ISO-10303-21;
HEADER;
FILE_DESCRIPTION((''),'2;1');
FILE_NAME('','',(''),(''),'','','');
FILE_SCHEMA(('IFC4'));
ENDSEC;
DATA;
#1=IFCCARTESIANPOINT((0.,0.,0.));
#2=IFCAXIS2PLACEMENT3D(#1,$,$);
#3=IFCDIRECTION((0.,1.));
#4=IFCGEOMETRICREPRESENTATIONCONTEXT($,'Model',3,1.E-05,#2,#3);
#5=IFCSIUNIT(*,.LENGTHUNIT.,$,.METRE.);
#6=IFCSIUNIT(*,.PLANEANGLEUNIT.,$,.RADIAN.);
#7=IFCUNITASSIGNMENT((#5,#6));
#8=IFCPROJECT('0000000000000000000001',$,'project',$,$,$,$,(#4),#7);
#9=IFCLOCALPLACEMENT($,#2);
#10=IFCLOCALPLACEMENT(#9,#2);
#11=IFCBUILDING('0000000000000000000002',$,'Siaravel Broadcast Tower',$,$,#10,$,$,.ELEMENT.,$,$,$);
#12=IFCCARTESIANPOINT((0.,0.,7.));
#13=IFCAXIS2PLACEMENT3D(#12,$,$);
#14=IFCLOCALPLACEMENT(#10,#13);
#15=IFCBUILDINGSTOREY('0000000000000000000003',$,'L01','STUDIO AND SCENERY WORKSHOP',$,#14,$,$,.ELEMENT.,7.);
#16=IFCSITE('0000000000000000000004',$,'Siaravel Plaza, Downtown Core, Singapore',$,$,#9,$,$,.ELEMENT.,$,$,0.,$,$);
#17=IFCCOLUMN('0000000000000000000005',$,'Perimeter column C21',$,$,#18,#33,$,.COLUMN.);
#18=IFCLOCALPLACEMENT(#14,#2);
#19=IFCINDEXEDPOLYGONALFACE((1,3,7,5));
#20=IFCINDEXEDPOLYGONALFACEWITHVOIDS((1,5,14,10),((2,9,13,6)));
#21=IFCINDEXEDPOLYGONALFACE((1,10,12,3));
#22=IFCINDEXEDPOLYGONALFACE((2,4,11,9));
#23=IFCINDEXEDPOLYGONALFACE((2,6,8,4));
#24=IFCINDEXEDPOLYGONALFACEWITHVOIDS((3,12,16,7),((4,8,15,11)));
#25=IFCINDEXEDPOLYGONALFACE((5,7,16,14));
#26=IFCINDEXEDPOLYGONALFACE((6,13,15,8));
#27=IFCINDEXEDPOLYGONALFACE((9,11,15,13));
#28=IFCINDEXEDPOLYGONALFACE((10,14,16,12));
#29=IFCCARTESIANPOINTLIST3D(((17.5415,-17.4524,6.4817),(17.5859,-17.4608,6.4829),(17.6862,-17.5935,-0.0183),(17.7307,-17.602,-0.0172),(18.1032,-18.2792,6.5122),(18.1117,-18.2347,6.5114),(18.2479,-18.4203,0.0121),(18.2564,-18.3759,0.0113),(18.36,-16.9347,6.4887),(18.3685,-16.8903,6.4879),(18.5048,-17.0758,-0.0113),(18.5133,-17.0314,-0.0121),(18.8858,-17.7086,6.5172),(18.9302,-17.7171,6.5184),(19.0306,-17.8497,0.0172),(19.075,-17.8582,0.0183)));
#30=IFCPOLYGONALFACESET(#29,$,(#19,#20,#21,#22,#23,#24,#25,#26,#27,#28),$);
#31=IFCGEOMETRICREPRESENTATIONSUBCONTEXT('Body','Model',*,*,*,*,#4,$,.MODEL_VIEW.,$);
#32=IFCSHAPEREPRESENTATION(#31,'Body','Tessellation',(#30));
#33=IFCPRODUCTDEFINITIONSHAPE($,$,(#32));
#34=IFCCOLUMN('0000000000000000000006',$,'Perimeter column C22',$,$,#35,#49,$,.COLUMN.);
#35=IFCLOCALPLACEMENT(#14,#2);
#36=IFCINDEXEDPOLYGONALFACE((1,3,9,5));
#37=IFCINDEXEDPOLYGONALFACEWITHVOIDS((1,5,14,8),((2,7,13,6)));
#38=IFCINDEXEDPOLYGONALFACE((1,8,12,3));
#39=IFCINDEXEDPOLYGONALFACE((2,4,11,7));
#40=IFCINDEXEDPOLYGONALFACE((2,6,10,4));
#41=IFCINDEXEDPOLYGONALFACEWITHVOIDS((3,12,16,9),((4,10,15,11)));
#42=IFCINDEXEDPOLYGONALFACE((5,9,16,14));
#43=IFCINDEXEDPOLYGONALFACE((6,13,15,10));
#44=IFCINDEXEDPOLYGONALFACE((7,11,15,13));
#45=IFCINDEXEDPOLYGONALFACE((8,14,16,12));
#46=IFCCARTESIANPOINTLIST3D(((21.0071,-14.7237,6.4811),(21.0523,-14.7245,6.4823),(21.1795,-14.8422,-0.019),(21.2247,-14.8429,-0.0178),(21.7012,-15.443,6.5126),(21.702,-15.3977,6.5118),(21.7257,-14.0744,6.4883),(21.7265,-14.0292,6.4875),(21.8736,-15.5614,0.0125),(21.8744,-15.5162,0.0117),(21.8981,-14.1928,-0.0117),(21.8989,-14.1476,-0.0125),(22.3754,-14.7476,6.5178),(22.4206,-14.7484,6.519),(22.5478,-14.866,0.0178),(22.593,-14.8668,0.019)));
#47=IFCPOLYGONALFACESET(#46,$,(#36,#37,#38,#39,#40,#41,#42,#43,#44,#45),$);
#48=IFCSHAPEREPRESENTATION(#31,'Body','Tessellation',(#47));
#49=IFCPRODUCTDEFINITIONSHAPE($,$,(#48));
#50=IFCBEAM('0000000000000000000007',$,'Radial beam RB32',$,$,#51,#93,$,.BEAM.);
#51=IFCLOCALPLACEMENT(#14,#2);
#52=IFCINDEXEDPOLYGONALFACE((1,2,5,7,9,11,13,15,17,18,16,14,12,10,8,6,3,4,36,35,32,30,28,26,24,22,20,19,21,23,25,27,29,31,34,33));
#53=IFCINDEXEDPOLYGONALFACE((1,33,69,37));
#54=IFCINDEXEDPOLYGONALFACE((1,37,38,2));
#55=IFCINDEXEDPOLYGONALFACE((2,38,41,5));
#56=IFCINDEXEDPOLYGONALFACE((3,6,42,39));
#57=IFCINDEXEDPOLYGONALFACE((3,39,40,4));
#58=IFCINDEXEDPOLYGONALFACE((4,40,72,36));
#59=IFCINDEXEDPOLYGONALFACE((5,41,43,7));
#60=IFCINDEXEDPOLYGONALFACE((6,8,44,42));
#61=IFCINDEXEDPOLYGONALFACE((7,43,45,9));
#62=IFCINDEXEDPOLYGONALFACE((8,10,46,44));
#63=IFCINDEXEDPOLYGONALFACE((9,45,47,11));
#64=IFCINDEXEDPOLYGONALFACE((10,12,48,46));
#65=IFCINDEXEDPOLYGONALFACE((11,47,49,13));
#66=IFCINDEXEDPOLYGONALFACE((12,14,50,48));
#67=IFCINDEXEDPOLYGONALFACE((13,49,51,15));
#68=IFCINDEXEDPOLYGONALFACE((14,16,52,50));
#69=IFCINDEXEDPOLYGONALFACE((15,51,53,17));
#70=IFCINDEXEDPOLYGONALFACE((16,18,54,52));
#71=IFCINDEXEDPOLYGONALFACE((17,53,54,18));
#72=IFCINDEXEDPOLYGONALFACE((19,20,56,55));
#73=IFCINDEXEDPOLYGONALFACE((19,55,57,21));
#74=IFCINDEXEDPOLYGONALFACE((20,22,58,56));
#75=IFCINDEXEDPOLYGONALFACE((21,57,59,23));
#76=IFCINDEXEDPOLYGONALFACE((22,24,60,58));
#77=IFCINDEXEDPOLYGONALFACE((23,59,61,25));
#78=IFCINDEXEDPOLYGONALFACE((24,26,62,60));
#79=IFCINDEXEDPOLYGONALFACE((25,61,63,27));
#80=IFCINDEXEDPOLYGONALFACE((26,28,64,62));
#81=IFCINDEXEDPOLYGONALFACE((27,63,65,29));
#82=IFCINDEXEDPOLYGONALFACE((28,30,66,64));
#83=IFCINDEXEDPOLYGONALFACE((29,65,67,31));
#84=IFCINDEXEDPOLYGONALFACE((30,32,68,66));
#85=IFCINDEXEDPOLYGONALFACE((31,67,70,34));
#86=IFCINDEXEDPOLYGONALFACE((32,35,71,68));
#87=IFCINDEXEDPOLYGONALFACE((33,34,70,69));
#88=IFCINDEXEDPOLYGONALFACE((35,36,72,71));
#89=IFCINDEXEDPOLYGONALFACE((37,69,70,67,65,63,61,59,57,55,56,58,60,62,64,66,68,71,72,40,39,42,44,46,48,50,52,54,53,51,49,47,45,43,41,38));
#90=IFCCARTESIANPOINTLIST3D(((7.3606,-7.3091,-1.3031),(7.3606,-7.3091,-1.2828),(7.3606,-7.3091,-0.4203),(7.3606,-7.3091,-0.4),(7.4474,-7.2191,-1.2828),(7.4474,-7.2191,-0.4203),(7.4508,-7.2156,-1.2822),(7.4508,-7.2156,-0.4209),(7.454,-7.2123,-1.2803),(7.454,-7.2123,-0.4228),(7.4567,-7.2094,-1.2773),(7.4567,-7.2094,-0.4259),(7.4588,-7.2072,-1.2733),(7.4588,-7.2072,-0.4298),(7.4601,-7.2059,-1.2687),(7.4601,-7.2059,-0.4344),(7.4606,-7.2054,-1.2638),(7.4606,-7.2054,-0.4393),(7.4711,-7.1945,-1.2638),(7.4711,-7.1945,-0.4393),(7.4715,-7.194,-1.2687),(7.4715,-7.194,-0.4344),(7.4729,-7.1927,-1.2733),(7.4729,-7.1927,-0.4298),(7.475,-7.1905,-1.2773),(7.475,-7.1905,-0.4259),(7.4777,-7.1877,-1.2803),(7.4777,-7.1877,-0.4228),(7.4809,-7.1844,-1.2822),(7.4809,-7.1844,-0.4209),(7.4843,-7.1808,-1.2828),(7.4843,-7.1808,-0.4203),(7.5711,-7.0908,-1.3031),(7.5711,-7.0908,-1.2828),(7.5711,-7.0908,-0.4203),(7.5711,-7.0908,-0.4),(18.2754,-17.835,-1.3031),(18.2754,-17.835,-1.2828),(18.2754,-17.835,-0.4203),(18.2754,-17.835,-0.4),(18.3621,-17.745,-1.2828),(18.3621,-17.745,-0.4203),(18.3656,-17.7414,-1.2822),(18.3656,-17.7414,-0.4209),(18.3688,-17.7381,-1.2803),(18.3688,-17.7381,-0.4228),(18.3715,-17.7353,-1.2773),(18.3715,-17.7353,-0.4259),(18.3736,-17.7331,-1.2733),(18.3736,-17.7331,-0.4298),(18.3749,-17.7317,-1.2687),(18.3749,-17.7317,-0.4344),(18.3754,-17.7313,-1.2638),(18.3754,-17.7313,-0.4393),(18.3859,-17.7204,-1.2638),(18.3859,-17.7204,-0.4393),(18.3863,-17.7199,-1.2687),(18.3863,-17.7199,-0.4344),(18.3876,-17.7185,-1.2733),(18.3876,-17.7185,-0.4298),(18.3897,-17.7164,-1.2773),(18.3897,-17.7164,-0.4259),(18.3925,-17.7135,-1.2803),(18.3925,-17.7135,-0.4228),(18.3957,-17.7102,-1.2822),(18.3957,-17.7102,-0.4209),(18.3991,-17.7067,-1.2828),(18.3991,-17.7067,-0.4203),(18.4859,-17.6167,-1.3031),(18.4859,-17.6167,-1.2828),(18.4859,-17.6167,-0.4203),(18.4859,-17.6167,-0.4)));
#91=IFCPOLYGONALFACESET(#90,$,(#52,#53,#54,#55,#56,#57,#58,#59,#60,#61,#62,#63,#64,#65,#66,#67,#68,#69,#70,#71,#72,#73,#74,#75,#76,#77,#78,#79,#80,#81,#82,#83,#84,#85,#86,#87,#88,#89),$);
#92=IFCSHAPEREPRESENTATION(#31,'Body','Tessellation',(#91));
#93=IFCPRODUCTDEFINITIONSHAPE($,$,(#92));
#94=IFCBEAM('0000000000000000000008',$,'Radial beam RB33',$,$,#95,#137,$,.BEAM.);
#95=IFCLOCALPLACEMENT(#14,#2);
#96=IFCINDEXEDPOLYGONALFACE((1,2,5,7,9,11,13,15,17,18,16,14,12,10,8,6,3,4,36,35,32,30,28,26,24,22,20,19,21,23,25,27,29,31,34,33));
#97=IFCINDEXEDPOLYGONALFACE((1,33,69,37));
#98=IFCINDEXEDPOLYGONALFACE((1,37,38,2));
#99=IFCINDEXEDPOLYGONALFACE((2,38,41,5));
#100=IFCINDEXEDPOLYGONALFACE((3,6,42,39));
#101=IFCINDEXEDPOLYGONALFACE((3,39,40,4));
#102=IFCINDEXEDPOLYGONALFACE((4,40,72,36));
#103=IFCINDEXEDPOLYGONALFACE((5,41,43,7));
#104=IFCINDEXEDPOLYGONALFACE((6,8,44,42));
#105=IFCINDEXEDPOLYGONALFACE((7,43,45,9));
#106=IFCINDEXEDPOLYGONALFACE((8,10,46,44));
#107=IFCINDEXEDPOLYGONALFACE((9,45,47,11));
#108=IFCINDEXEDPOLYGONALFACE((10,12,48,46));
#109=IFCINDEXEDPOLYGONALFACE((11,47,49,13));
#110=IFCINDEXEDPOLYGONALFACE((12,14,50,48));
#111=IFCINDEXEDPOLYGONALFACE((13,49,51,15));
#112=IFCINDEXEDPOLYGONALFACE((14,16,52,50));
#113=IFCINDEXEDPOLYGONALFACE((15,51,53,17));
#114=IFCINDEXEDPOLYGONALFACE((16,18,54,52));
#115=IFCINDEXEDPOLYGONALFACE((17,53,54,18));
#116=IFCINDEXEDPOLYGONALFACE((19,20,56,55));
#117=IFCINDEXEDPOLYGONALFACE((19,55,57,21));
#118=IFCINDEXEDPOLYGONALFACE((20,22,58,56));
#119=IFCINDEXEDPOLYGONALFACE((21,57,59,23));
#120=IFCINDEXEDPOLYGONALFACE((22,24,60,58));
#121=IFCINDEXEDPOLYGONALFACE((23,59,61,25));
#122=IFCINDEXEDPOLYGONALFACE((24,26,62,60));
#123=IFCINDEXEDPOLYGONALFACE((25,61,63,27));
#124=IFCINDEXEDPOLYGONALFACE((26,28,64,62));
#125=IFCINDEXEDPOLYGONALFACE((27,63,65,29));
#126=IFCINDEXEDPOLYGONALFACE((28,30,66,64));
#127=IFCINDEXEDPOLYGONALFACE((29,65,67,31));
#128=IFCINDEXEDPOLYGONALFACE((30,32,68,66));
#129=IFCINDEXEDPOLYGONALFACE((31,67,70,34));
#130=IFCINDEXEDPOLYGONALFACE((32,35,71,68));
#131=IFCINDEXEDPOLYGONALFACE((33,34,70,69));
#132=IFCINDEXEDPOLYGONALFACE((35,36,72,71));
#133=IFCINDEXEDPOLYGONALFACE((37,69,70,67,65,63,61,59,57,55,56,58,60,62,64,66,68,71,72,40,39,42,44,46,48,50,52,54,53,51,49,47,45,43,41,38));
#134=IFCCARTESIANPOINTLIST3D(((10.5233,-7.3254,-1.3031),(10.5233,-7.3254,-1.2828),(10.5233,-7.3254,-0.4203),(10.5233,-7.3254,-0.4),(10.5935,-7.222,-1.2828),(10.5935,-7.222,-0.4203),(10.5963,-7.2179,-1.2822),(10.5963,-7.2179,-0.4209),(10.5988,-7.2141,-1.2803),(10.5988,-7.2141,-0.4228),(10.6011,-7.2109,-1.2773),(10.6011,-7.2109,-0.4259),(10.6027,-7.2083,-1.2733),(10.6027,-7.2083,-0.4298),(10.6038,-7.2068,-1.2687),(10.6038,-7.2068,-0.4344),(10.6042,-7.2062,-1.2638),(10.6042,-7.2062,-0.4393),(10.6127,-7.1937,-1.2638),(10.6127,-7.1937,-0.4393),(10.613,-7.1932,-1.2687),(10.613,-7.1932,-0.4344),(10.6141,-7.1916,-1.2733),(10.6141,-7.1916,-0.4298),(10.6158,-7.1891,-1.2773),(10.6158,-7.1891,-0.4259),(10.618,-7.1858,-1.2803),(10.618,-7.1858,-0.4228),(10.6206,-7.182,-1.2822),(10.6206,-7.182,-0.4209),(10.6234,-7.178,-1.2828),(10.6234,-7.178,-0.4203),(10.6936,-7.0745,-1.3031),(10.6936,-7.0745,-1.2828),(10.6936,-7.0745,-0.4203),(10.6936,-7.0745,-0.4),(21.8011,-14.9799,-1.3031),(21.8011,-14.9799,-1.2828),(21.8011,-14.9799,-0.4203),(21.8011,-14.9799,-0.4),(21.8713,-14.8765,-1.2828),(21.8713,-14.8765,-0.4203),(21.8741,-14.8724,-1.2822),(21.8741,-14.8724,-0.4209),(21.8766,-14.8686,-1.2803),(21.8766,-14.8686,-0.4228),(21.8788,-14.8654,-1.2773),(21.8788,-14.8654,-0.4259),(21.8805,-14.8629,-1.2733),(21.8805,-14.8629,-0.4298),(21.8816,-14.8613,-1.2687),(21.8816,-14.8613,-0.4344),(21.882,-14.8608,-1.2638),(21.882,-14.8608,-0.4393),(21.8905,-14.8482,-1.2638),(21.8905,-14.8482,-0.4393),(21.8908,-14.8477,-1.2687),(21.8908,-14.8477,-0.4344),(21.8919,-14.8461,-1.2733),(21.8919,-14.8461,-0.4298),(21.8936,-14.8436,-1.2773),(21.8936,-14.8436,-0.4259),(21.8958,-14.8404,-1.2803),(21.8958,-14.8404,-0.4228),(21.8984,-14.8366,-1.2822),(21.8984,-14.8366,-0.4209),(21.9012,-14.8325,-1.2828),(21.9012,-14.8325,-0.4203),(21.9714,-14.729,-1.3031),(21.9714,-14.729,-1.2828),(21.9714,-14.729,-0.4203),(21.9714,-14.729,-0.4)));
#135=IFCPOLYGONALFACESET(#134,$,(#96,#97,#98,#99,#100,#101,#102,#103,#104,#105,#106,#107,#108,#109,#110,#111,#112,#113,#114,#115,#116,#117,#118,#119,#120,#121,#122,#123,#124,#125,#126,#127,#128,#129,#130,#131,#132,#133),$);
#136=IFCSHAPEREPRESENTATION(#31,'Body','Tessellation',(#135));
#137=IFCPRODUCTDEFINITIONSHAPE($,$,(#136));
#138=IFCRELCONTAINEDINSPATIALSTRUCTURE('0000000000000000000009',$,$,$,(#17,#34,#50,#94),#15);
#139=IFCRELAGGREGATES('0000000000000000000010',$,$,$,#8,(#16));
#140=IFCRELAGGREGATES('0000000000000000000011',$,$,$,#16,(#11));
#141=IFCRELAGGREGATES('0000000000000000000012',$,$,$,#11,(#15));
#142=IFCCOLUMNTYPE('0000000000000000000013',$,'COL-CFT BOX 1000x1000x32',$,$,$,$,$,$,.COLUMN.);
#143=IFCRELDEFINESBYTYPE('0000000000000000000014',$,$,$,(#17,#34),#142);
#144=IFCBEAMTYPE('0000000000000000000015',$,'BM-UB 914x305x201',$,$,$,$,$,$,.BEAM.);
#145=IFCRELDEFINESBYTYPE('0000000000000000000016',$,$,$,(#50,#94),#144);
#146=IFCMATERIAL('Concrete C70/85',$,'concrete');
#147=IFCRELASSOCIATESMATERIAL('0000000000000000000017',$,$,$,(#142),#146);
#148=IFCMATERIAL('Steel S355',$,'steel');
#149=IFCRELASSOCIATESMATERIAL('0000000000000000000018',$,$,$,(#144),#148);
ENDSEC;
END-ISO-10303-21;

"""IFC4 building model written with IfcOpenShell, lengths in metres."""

from ifc_helpers import new_model, si_unit, direction, frame, origin, origin_2d, place, context, subcontext, project, spatial, hollow_rectangle, i_section, extrude, material, material_profile, profile_set, type_object, element, save


model = new_model("IFC4")

# Units and contexts
model_context = context("Model", 3, precision=1e-05, world=origin(), true_north=direction((0.0, 1.0)))
body_context = subcontext(model_context, "Body", "Model", "MODEL_VIEW")
ifc_project = project(units=[si_unit("LENGTHUNIT", "METRE"), si_unit("PLANEANGLEUNIT", "RADIAN")], contexts=[model_context])

# Site, building, storey
site_placement = place(None, origin())
site = spatial("IfcSite", under=ifc_project, at=site_placement, Name="Siaravel Plaza, Downtown Core, Singapore", CompositionType="ELEMENT", RefElevation=0.0)
building_placement = place(site_placement, origin())
building = spatial("IfcBuilding", under=site, at=building_placement, Name="Siaravel Broadcast Tower", CompositionType="ELEMENT")
storey_placement = place(building_placement, frame((0.0, 0.0, 7.0)))
storey = spatial("IfcBuildingStorey", under=building, at=storey_placement, Name="L01", Description="STUDIO AND SCENERY WORKSHOP", CompositionType="ELEMENT", Elevation=7.0)

# Columns
ifc_material_1 = material(Name="Concrete C70/85", Category="concrete")
ifc_material_profile_1 = material_profile(ifc_material_1, hollow_rectangle(XDim=1.0, YDim=1.0, WallThickness=0.032, at=origin_2d()))
ifc_profile_set_1 = profile_set([ifc_material_profile_1], Name="Concrete C70/85")
column_type = type_object("IfcColumnType", Name="COL-CFT BOX 1000x1000x32", PredefinedType="COLUMN", material=ifc_profile_set_1)
column_1_placement = place(storey_placement, frame((18.3806, -17.7258, 0.0), z_axis=(-0.022262, 0.021699, 0.999517), x_axis=(-0.827042, -0.562106, -0.006218)))
element("IfcColumn", 1, at=column_1_placement, inside=storey, type_object=column_type, Name="Perimeter column C21", PredefinedType="COLUMN", context=body_context, shape_type="SweptSolid", body=[
    extrude(hollow_rectangle(XDim=1.0, YDim=1.0, WallThickness=0.032, at=origin_2d()), origin(), (0.0, 0.0, 1.0), 6.5032),
])
column_2_placement = place(storey_placement, frame((21.8862, -14.8545, 0.0), z_axis=(-0.026504, 0.018207, 0.999483), x_axis=(-0.719423, -0.694543, -0.006425)))
element("IfcColumn", 2, at=column_2_placement, inside=storey, type_object=column_type, Name="Perimeter column C22", PredefinedType="COLUMN", context=body_context, shape_type="SweptSolid", body=[
    extrude(hollow_rectangle(XDim=1.0, YDim=1.0, WallThickness=0.032, at=origin_2d()), origin(), (0.0, 0.0, 1.0), 6.5034),
])

# Beams
ifc_material_2 = material(Name="Steel S355", Category="steel")
ifc_material_profile_2 = material_profile(ifc_material_2, i_section(OverallWidth=0.3032, OverallDepth=0.9031, WebThickness=0.0151, FlangeThickness=0.0203, FilletRadius=0.019, at=origin_2d()))
ifc_profile_set_2 = profile_set([ifc_material_profile_2], Name="Steel S355")
beam_type = type_object("IfcBeamType", Name="BM-UB 914x305x201", PredefinedType="BEAM", material=ifc_profile_set_2)
beam_1_placement = place(storey_placement, frame((18.3806, -17.7258, -0.8516), z_axis=(-0.719815, 0.694166, 0.0), x_axis=(-0.694166, -0.719815, 0.0)))
element("IfcBeam", 3, at=beam_1_placement, inside=storey, type_object=beam_type, Name="Radial beam RB32", PredefinedType="BEAM", context=body_context, shape_type="SweptSolid", body=[
    extrude(i_section(OverallWidth=0.3032, OverallDepth=0.9031, WebThickness=0.0151, FlangeThickness=0.0203, FilletRadius=0.019, at=origin_2d()), origin(), (0.0, 0.0, 1.0), 15.1633),
])
beam_2_placement = place(storey_placement, frame((21.8862, -14.8545, -0.8516), z_axis=(-0.827417, 0.561588, 0.0), x_axis=(-0.561588, -0.827417, 0.0)))
element("IfcBeam", 4, at=beam_2_placement, inside=storey, type_object=beam_type, Name="Radial beam RB33", PredefinedType="BEAM", context=body_context, shape_type="SweptSolid", body=[
    extrude(i_section(OverallWidth=0.3032, OverallDepth=0.9031, WebThickness=0.0151, FlangeThickness=0.0203, FilletRadius=0.019, at=origin_2d()), origin(), (0.0, 0.0, 1.0), 13.6301),
])

save(model, "model.ifc")
